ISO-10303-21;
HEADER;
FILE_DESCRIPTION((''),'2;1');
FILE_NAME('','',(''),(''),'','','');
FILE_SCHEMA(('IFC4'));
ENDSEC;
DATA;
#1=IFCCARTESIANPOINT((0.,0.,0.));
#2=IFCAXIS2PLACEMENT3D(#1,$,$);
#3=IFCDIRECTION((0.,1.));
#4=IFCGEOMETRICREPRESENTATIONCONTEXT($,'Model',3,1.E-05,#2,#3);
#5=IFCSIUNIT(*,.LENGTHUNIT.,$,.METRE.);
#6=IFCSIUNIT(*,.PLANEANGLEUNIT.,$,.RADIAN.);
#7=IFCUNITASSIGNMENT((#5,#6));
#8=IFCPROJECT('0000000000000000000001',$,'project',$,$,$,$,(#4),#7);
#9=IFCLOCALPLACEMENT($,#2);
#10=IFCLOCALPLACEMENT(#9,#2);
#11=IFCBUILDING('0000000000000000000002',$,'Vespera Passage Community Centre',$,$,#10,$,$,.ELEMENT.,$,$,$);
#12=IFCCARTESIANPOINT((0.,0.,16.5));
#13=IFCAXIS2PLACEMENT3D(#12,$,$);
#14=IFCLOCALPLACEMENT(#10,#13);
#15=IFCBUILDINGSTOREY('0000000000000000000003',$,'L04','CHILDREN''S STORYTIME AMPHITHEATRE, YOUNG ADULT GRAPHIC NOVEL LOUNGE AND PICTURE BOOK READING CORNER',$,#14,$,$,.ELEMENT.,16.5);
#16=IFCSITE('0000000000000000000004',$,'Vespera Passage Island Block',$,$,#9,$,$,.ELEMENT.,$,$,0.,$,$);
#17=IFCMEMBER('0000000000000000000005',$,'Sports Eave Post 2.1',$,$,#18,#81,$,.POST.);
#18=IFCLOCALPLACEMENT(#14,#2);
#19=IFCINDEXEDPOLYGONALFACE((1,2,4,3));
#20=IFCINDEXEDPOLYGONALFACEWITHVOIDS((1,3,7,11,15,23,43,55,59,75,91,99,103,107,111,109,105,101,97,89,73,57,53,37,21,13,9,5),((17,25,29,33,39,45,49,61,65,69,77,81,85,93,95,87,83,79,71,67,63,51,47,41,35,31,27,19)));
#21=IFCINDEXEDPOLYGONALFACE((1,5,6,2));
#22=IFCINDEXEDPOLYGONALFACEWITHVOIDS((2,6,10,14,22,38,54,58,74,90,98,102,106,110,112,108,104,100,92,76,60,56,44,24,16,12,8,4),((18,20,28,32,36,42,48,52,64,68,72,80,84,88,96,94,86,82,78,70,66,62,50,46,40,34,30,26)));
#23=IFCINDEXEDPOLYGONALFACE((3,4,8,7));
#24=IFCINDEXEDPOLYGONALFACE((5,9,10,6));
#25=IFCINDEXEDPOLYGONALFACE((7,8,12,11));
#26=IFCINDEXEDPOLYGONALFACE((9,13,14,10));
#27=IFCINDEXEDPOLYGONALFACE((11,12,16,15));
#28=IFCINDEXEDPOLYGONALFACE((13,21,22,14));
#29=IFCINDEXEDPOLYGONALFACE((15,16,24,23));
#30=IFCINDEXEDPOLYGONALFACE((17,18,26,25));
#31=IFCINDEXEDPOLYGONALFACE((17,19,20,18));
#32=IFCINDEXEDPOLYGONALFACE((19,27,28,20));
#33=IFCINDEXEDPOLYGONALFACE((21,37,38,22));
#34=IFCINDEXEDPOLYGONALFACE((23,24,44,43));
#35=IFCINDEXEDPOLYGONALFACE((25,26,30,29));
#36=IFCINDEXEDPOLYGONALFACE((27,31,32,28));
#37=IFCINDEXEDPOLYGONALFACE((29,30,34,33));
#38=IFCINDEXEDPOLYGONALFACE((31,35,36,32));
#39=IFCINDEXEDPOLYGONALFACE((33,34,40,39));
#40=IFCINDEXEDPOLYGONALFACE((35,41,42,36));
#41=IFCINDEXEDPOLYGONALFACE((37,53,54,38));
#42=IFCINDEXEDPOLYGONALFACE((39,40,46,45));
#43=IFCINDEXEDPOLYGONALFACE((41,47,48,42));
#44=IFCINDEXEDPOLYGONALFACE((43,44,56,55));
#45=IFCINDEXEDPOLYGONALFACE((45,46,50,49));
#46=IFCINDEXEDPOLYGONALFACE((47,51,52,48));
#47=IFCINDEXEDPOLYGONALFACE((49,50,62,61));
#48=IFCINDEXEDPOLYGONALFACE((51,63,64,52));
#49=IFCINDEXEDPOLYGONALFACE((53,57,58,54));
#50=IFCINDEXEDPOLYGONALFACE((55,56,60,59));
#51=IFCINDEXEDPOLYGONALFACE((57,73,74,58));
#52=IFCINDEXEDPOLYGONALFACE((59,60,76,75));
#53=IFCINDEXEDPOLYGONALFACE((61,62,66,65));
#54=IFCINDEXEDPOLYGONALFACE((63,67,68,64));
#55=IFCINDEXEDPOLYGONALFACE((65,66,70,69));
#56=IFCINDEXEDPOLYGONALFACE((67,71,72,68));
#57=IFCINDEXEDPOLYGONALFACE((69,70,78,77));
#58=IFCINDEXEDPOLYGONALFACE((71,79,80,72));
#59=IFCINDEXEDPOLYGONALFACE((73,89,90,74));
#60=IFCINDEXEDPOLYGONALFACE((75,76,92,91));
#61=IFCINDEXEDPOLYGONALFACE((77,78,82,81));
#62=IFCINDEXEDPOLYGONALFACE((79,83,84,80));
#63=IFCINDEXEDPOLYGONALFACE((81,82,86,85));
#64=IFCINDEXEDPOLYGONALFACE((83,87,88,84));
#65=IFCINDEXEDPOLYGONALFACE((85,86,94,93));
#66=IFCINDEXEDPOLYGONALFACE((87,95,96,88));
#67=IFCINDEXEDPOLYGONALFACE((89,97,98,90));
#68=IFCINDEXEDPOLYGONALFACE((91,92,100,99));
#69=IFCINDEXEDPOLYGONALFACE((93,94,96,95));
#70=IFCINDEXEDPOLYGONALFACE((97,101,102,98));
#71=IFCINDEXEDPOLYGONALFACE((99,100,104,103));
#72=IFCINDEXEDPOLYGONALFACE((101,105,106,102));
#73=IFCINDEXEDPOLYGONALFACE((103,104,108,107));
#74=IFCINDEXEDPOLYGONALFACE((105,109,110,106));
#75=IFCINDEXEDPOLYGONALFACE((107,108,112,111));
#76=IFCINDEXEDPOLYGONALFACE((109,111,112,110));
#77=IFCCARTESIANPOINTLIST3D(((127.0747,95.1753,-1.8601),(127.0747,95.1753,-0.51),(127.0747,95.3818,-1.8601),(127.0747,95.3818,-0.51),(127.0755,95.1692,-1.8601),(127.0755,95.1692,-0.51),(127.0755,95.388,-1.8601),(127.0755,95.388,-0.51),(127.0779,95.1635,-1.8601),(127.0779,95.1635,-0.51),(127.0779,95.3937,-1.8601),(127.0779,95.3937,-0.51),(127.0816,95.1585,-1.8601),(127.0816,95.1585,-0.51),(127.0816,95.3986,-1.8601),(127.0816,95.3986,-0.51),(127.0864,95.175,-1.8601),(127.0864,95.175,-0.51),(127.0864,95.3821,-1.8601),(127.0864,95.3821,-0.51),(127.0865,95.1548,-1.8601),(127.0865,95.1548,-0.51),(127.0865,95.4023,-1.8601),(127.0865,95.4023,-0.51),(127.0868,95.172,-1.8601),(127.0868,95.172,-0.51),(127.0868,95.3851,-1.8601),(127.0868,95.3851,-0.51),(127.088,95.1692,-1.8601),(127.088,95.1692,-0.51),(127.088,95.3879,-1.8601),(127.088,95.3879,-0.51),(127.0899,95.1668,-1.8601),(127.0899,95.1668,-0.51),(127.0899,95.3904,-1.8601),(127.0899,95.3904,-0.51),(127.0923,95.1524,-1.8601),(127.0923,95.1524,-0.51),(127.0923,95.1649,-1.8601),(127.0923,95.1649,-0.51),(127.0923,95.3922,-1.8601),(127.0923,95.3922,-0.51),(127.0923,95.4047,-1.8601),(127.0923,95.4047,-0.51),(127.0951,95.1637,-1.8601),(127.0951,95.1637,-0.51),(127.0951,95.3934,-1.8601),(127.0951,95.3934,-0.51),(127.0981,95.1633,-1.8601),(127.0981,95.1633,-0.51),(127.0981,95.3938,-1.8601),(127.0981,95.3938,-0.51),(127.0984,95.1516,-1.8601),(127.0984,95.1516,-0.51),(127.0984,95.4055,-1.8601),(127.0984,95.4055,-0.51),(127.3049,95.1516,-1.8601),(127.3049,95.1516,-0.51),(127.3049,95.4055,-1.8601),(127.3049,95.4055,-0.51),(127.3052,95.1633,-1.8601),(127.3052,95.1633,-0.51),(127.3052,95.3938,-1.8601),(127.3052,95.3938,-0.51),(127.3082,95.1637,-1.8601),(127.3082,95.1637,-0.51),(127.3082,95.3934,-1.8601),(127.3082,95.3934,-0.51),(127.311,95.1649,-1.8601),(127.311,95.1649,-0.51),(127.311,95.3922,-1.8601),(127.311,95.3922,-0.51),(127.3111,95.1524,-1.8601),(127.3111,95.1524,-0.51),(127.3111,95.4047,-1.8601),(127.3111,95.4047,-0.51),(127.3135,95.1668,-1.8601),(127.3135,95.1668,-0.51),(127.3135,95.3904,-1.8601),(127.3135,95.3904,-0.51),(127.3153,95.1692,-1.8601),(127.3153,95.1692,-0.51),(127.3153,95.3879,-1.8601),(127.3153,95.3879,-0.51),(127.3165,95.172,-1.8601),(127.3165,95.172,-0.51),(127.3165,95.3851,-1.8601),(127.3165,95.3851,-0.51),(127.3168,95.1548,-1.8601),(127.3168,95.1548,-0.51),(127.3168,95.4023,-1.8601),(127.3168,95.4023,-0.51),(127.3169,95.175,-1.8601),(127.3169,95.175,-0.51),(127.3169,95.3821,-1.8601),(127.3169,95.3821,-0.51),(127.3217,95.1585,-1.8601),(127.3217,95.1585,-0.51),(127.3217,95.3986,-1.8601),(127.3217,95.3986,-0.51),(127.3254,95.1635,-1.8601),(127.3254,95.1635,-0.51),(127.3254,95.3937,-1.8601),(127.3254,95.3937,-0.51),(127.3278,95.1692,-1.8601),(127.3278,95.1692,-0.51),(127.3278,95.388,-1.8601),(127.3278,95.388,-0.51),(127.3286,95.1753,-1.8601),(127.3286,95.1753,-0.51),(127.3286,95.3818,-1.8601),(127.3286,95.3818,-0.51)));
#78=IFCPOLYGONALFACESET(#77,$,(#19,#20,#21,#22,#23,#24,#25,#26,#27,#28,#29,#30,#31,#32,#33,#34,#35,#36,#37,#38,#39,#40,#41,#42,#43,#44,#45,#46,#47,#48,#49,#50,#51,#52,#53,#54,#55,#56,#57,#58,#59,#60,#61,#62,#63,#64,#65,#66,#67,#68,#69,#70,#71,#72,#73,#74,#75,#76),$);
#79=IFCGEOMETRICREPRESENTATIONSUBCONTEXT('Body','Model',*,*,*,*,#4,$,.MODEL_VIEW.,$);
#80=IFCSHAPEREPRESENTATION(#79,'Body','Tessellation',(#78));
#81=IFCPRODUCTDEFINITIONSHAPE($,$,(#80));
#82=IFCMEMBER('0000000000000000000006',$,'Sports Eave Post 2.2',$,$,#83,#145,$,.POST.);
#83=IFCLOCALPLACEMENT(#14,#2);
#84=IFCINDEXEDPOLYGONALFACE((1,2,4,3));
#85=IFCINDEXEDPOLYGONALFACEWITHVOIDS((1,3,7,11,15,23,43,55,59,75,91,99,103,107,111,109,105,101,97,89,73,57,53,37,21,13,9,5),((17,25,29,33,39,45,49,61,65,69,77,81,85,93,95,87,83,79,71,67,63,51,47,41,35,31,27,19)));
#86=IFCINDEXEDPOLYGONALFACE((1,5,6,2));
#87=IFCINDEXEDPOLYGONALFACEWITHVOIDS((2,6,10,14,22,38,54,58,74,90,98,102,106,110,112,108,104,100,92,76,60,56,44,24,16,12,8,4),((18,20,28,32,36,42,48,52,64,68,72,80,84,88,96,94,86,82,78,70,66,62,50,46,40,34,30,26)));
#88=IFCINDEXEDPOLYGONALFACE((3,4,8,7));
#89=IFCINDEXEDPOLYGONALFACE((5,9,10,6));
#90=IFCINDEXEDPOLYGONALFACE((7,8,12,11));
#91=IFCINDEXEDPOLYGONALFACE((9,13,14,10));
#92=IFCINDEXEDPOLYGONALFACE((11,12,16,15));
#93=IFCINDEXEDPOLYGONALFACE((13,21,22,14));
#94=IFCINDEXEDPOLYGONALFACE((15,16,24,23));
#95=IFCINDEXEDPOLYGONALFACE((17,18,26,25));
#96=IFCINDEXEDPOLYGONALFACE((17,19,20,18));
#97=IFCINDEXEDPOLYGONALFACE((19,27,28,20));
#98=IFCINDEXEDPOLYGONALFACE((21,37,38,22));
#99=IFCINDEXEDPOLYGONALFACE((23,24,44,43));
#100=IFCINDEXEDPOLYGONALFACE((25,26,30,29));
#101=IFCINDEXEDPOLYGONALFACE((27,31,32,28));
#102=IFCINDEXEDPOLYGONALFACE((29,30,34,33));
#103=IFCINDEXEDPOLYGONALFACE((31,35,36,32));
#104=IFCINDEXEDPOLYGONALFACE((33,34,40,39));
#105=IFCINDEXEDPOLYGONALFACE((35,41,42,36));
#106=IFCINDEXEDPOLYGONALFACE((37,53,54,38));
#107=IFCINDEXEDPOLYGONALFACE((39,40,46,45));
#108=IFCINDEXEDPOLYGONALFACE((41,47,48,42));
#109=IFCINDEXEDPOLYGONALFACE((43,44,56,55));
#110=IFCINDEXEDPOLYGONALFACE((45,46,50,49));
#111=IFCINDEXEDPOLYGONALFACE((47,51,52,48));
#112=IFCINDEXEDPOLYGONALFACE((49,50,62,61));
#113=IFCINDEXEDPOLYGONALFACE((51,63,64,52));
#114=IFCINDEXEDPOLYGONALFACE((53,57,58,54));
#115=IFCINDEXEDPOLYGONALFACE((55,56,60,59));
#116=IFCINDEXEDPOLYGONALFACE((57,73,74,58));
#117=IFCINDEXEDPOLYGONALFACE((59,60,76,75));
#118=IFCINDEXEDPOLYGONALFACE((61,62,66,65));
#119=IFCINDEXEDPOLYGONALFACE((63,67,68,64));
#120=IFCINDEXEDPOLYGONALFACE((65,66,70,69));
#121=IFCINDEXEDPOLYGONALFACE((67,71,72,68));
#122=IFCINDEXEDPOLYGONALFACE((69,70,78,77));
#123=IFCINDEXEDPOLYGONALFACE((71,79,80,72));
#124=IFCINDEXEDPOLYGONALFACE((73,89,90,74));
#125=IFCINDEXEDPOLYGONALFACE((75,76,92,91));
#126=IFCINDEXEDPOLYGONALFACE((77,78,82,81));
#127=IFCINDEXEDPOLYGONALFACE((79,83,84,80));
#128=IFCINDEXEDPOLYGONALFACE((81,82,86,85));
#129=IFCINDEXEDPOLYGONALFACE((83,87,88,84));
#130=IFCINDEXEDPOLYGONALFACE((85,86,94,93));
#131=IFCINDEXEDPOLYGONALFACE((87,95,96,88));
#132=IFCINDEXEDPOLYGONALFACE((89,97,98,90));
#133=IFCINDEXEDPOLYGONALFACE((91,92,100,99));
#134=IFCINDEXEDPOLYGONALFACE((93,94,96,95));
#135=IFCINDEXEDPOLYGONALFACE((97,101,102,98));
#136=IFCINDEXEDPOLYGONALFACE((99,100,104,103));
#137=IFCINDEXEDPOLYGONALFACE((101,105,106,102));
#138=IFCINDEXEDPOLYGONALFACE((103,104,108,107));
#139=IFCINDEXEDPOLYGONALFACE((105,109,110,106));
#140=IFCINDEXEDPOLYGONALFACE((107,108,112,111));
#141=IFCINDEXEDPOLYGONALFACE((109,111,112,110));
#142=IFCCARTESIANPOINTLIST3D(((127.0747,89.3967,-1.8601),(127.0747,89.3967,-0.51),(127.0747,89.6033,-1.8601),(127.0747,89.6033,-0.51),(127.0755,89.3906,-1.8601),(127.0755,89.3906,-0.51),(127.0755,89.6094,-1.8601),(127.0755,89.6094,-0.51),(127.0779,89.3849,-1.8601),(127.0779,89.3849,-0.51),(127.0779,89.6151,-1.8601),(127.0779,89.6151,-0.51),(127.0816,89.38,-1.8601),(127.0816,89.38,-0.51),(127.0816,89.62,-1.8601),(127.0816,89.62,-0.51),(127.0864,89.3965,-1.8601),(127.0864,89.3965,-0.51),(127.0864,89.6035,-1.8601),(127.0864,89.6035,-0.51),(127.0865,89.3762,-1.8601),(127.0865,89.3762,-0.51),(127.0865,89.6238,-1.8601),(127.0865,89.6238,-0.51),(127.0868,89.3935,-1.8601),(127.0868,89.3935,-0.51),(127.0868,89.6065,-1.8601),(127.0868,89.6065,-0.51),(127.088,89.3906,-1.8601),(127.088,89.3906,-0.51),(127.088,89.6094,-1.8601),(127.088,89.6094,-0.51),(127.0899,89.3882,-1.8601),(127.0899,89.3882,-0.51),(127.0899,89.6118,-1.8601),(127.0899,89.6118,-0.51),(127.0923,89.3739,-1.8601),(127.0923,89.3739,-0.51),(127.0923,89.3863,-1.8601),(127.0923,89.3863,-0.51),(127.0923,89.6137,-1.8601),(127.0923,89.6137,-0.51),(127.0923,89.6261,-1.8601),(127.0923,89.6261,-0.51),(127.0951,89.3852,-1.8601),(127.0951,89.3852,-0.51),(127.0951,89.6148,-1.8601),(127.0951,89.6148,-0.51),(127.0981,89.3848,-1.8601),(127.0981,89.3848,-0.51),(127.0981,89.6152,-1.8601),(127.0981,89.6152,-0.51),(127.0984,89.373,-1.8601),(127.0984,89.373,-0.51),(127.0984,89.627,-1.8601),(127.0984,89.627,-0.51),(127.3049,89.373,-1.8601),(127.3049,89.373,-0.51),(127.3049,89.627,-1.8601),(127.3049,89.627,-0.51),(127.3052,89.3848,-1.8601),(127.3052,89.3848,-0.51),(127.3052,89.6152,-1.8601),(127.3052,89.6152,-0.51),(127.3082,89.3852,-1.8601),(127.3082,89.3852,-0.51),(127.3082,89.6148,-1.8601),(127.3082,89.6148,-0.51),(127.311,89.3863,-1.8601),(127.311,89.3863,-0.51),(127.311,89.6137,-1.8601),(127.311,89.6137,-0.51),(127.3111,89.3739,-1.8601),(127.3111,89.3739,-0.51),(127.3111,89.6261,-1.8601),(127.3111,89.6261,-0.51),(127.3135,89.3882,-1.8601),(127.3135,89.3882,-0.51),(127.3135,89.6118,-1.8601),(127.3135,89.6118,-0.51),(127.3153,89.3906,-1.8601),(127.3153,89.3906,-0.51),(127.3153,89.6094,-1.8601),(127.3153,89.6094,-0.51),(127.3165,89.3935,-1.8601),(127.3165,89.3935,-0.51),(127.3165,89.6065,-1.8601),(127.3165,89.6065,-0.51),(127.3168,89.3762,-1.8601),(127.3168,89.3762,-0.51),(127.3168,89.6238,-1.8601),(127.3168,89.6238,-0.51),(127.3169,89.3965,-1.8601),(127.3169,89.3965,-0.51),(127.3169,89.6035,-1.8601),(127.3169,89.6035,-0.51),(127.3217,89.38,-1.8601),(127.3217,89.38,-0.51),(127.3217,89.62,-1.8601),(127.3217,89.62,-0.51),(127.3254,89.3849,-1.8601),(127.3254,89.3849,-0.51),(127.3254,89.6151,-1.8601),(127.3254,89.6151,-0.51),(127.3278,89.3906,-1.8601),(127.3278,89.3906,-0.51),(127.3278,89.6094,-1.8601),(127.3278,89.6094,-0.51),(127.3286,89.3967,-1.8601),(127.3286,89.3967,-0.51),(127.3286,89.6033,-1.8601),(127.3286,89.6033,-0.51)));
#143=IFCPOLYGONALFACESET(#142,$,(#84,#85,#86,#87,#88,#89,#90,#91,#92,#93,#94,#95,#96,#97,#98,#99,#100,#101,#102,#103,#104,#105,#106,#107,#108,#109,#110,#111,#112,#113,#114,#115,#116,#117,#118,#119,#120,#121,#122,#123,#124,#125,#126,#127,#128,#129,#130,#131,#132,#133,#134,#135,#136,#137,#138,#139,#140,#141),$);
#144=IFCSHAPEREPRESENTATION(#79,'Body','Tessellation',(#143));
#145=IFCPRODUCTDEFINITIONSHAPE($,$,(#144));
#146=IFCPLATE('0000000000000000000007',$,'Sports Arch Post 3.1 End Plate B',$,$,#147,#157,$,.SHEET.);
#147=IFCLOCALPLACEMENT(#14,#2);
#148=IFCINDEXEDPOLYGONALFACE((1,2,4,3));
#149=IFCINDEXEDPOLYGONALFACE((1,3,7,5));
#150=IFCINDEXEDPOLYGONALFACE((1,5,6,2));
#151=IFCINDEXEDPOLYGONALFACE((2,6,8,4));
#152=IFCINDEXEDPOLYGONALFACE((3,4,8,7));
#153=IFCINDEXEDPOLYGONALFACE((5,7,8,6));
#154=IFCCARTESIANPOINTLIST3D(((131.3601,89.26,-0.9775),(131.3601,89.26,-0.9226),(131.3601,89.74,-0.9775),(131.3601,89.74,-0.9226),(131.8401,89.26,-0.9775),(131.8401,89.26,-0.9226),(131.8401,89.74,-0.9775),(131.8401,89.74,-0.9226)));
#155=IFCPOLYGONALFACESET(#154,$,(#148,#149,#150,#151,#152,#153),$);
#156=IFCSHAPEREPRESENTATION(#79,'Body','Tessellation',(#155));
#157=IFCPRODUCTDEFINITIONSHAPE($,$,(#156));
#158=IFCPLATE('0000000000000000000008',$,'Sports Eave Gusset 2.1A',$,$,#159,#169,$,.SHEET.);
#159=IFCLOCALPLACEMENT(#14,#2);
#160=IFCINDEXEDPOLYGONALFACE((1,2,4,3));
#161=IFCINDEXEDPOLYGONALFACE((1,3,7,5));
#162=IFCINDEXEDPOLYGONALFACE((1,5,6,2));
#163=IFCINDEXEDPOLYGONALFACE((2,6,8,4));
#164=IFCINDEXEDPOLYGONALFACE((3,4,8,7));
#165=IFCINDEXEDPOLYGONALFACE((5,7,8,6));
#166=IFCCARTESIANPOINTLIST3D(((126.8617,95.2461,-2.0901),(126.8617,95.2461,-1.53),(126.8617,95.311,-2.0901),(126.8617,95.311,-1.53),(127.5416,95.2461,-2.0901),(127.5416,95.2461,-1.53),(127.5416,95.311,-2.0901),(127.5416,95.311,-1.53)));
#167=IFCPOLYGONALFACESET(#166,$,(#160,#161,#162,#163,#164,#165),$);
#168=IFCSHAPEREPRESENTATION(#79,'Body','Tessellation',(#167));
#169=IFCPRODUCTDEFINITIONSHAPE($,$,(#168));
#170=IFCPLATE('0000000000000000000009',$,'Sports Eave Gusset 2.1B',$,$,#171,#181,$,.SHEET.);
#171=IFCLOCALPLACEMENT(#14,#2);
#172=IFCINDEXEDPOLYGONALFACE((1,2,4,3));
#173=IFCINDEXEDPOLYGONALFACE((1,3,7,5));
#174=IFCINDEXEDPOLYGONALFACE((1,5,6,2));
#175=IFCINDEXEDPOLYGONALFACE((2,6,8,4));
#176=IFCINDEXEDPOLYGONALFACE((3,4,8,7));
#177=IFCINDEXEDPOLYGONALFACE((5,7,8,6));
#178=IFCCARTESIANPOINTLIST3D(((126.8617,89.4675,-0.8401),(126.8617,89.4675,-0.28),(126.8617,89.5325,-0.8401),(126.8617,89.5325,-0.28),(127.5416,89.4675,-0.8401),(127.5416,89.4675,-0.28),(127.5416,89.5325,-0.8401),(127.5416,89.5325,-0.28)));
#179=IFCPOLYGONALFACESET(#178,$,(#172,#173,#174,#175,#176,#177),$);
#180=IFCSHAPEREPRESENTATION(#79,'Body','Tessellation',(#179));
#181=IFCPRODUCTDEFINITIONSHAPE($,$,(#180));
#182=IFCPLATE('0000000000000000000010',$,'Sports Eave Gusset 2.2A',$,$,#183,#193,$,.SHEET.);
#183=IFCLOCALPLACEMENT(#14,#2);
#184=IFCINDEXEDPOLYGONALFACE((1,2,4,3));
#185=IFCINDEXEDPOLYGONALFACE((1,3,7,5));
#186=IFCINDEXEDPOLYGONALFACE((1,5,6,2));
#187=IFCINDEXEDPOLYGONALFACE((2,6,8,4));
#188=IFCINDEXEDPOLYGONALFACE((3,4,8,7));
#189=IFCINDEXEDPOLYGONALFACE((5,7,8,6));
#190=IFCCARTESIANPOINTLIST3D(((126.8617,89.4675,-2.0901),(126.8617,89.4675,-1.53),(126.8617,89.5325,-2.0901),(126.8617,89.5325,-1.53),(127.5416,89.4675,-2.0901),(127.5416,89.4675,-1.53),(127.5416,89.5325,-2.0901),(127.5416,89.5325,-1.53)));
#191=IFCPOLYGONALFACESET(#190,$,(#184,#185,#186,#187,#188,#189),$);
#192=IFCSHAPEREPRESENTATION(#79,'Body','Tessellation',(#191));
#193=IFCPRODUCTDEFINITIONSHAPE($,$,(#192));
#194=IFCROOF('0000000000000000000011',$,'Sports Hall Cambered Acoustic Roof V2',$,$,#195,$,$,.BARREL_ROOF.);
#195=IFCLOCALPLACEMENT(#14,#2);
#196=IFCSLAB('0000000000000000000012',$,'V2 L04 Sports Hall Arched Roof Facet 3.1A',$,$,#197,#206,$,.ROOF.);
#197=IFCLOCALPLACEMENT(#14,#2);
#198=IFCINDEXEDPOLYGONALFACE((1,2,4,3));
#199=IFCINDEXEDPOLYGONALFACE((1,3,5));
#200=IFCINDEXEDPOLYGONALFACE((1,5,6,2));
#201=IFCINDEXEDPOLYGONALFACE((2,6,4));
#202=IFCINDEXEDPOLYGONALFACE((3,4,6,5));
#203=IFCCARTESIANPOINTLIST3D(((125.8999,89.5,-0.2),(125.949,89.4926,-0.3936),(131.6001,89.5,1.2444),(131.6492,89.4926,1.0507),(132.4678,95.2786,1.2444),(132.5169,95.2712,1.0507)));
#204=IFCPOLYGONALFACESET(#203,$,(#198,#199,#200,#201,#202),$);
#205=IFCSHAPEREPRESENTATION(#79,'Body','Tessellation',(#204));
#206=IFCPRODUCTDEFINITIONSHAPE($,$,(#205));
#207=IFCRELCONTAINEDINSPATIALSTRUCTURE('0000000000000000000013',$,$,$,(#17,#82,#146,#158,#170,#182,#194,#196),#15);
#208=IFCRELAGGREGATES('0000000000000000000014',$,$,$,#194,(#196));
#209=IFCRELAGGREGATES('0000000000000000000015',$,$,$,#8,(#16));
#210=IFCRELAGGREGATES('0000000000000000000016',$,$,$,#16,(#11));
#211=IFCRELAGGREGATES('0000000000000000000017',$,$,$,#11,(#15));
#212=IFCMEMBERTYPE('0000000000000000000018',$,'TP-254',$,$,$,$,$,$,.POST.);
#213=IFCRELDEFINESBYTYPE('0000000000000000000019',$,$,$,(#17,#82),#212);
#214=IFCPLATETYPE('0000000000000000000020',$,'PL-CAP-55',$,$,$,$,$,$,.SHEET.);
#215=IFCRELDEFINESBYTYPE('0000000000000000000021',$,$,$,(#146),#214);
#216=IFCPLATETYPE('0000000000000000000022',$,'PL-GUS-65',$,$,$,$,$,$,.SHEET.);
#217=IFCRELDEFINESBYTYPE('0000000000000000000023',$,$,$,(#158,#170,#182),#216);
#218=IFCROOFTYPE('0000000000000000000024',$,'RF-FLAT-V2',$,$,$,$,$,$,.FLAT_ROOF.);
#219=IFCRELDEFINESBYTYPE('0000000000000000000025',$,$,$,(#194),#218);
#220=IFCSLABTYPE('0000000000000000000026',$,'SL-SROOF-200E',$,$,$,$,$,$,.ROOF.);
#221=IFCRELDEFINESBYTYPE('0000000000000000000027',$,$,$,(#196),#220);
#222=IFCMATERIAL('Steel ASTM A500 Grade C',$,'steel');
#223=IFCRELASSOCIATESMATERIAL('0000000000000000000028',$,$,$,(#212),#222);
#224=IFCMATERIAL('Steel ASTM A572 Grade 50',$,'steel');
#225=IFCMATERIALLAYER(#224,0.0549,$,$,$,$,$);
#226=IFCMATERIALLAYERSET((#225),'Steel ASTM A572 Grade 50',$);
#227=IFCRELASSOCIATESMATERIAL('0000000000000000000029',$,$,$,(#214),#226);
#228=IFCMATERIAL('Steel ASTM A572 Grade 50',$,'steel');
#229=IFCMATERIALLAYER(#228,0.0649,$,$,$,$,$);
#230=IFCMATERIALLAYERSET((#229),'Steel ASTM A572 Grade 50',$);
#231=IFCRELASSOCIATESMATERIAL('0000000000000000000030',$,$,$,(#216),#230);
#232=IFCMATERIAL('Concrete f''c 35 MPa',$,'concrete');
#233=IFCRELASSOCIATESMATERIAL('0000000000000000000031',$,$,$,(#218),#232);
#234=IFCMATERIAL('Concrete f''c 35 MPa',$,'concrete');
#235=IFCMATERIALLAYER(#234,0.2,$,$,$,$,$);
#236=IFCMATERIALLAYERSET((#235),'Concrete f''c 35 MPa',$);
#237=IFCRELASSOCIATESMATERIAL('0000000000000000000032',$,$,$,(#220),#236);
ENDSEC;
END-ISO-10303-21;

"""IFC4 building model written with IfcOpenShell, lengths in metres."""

from ifc_helpers import new_model, si_unit, direction, frame, origin, origin_2d, place, context, subcontext, project, spatial, polyline, rectangle, hollow_rectangle, outline, extrude, material, layer, layer_set, material_profile, profile_set, type_object, element, aggregate, save


model = new_model("IFC4")

# Units and contexts
model_context = context("Model", 3, precision=1e-05, world=origin(), true_north=direction((0.0, 1.0)))
body_context = subcontext(model_context, "Body", "Model", "MODEL_VIEW")
ifc_project = project(units=[si_unit("LENGTHUNIT", "METRE"), si_unit("PLANEANGLEUNIT", "RADIAN")], contexts=[model_context])

# Site, building, storey
site_placement = place(None, origin())
site = spatial("IfcSite", under=ifc_project, at=site_placement, Name="Vespera Passage Island Block", CompositionType="ELEMENT", RefElevation=0.0)
building_placement = place(site_placement, origin())
building = spatial("IfcBuilding", under=site, at=building_placement, Name="Vespera Passage Community Centre", CompositionType="ELEMENT")
storey_placement = place(building_placement, frame((0.0, 0.0, 16.5)))
storey = spatial("IfcBuildingStorey", under=building, at=storey_placement, Name="L04", Description="CHILDREN'S STORYTIME AMPHITHEATRE, YOUNG ADULT GRAPHIC NOVEL LOUNGE AND PICTURE BOOK READING CORNER", CompositionType="ELEMENT", Elevation=16.5)

# Members
ifc_material_1 = material(Name="Steel ASTM A500 Grade C", Category="steel")
ifc_material_profile_1 = material_profile(ifc_material_1, hollow_rectangle(XDim=0.2539, YDim=0.2539, WallThickness=0.0117, InnerFilletRadius=0.0117, OuterFilletRadius=0.0237, at=origin_2d()), Name="HSS254X254X12.7")
ifc_profile_set_1 = profile_set([ifc_material_profile_1], Name="Steel ASTM A500 Grade C")
member_type_1 = type_object("IfcMemberType", Name="TP-254", PredefinedType="POST", material=ifc_profile_set_1)
for number, where, z_axis, x_axis, name in (
    (1, (127.2017, 95.2786, -1.8601), (0.0, 0.0, 1.0), (1.0, 0.0, 0.0), "Sports Eave Post 2.1"),
    (2, (127.2017, 89.5, -1.8601), (0.0, 0.0, 1.0), (1.0, 0.0, 0.0), "Sports Eave Post 2.2"),
):
    element("IfcMember", number, at=place(storey_placement, frame(where, z_axis=z_axis, x_axis=x_axis)), inside=storey, type_object=member_type_1, Name=name, PredefinedType="POST", context=body_context, shape_type="SweptSolid", body=[
        extrude(hollow_rectangle(XDim=0.2539, YDim=0.2539, WallThickness=0.0117, InnerFilletRadius=0.0117, OuterFilletRadius=0.0237, at=origin_2d()), origin(), (0.0, 0.0, 1.0), 1.3501),
    ])

# Plates
ifc_material_2 = material(Name="Steel ASTM A572 Grade 50", Category="steel")
ifc_layer_1 = layer(ifc_material_2, 0.0549)
ifc_layer_set_1 = layer_set([ifc_layer_1], Name="Steel ASTM A572 Grade 50")
plate_type_1 = type_object("IfcPlateType", Name="PL-CAP-55", PredefinedType="SHEET", material=ifc_layer_set_1)
plate_placement = place(storey_placement, frame((131.6001, 89.5, -0.9775), z_axis=(0.0, 0.0, 1.0), x_axis=(1.0, 0.0, 0.0)))
element("IfcPlate", 3, at=plate_placement, inside=storey, type_object=plate_type_1, Name="Sports Arch Post 3.1 End Plate B", PredefinedType="SHEET", context=body_context, shape_type="SweptSolid", body=[
    extrude(rectangle(XDim=0.48, YDim=0.48, at=origin_2d()), origin(), (0.0, 0.0, 1.0), 0.0549),
])
ifc_material_3 = material(Name="Steel ASTM A572 Grade 50", Category="steel")
ifc_layer_2 = layer(ifc_material_3, 0.0649)
ifc_layer_set_2 = layer_set([ifc_layer_2], Name="Steel ASTM A572 Grade 50")
plate_type_2 = type_object("IfcPlateType", Name="PL-GUS-65", PredefinedType="SHEET", material=ifc_layer_set_2)
for number, where, z_axis, x_axis, name in (
    (4, (127.2017, 95.2786, -2.0901), (0.0, 0.0, 1.0), (1.0, 0.0, 0.0), "Sports Eave Gusset 2.1A"),
    (5, (127.2017, 89.5, -0.8401), (0.0, 0.0, 1.0), (1.0, 0.0, 0.0), "Sports Eave Gusset 2.1B"),
    (6, (127.2017, 89.5, -2.0901), (0.0, 0.0, 1.0), (1.0, 0.0, 0.0), "Sports Eave Gusset 2.2A"),
):
    element("IfcPlate", number, at=place(storey_placement, frame(where, z_axis=z_axis, x_axis=x_axis)), inside=storey, type_object=plate_type_2, Name=name, PredefinedType="SHEET", context=body_context, shape_type="SweptSolid", body=[
        extrude(rectangle(XDim=0.6799, YDim=0.0649, at=origin_2d()), origin(), (0.0, 0.0, 1.0), 0.5601),
    ])

# Roof, slab
ifc_material_4 = material(Name="Concrete f'c 35 MPa", Category="concrete")
roof_type = type_object("IfcRoofType", Name="RF-FLAT-V2", PredefinedType="FLAT_ROOF", material=ifc_material_4)
roof_placement = place(storey_placement, origin())
roof = element("IfcRoof", 7, at=roof_placement, inside=storey, type_object=roof_type, Name="Sports Hall Cambered Acoustic Roof V2", PredefinedType="BARREL_ROOF")
ifc_material_5 = material(Name="Concrete f'c 35 MPa", Category="concrete")
ifc_layer_3 = layer(ifc_material_5, 0.2)
ifc_layer_set_3 = layer_set([ifc_layer_3], Name="Concrete f'c 35 MPa")
slab_type = type_object("IfcSlabType", Name="SL-SROOF-200E", PredefinedType="ROOF", material=ifc_layer_set_3)
slab_1_placement = place(storey_placement, frame((125.8999, 89.5, -0.2), z_axis=(-0.245455, 0.036856, 0.968707), x_axis=(0.969366, 0.0, 0.245621)))
slab_1 = element("IfcSlab", 8, at=slab_1_placement, inside=storey, type_object=slab_type, Name="V2 L04 Sports Hall Arched Roof Facet 3.1A", PredefinedType="ROOF", context=body_context, shape_type="SweptSolid", body=[
    extrude(outline(polyline([(0.0, 0.0), (5.8803, 0.0), (6.7214, 5.7825), (0.0, 0.0)])), origin(), (0.0, 0.0, -1.0), 0.2),
])
aggregate(roof, [slab_1])

save(model, "model.ifc")
